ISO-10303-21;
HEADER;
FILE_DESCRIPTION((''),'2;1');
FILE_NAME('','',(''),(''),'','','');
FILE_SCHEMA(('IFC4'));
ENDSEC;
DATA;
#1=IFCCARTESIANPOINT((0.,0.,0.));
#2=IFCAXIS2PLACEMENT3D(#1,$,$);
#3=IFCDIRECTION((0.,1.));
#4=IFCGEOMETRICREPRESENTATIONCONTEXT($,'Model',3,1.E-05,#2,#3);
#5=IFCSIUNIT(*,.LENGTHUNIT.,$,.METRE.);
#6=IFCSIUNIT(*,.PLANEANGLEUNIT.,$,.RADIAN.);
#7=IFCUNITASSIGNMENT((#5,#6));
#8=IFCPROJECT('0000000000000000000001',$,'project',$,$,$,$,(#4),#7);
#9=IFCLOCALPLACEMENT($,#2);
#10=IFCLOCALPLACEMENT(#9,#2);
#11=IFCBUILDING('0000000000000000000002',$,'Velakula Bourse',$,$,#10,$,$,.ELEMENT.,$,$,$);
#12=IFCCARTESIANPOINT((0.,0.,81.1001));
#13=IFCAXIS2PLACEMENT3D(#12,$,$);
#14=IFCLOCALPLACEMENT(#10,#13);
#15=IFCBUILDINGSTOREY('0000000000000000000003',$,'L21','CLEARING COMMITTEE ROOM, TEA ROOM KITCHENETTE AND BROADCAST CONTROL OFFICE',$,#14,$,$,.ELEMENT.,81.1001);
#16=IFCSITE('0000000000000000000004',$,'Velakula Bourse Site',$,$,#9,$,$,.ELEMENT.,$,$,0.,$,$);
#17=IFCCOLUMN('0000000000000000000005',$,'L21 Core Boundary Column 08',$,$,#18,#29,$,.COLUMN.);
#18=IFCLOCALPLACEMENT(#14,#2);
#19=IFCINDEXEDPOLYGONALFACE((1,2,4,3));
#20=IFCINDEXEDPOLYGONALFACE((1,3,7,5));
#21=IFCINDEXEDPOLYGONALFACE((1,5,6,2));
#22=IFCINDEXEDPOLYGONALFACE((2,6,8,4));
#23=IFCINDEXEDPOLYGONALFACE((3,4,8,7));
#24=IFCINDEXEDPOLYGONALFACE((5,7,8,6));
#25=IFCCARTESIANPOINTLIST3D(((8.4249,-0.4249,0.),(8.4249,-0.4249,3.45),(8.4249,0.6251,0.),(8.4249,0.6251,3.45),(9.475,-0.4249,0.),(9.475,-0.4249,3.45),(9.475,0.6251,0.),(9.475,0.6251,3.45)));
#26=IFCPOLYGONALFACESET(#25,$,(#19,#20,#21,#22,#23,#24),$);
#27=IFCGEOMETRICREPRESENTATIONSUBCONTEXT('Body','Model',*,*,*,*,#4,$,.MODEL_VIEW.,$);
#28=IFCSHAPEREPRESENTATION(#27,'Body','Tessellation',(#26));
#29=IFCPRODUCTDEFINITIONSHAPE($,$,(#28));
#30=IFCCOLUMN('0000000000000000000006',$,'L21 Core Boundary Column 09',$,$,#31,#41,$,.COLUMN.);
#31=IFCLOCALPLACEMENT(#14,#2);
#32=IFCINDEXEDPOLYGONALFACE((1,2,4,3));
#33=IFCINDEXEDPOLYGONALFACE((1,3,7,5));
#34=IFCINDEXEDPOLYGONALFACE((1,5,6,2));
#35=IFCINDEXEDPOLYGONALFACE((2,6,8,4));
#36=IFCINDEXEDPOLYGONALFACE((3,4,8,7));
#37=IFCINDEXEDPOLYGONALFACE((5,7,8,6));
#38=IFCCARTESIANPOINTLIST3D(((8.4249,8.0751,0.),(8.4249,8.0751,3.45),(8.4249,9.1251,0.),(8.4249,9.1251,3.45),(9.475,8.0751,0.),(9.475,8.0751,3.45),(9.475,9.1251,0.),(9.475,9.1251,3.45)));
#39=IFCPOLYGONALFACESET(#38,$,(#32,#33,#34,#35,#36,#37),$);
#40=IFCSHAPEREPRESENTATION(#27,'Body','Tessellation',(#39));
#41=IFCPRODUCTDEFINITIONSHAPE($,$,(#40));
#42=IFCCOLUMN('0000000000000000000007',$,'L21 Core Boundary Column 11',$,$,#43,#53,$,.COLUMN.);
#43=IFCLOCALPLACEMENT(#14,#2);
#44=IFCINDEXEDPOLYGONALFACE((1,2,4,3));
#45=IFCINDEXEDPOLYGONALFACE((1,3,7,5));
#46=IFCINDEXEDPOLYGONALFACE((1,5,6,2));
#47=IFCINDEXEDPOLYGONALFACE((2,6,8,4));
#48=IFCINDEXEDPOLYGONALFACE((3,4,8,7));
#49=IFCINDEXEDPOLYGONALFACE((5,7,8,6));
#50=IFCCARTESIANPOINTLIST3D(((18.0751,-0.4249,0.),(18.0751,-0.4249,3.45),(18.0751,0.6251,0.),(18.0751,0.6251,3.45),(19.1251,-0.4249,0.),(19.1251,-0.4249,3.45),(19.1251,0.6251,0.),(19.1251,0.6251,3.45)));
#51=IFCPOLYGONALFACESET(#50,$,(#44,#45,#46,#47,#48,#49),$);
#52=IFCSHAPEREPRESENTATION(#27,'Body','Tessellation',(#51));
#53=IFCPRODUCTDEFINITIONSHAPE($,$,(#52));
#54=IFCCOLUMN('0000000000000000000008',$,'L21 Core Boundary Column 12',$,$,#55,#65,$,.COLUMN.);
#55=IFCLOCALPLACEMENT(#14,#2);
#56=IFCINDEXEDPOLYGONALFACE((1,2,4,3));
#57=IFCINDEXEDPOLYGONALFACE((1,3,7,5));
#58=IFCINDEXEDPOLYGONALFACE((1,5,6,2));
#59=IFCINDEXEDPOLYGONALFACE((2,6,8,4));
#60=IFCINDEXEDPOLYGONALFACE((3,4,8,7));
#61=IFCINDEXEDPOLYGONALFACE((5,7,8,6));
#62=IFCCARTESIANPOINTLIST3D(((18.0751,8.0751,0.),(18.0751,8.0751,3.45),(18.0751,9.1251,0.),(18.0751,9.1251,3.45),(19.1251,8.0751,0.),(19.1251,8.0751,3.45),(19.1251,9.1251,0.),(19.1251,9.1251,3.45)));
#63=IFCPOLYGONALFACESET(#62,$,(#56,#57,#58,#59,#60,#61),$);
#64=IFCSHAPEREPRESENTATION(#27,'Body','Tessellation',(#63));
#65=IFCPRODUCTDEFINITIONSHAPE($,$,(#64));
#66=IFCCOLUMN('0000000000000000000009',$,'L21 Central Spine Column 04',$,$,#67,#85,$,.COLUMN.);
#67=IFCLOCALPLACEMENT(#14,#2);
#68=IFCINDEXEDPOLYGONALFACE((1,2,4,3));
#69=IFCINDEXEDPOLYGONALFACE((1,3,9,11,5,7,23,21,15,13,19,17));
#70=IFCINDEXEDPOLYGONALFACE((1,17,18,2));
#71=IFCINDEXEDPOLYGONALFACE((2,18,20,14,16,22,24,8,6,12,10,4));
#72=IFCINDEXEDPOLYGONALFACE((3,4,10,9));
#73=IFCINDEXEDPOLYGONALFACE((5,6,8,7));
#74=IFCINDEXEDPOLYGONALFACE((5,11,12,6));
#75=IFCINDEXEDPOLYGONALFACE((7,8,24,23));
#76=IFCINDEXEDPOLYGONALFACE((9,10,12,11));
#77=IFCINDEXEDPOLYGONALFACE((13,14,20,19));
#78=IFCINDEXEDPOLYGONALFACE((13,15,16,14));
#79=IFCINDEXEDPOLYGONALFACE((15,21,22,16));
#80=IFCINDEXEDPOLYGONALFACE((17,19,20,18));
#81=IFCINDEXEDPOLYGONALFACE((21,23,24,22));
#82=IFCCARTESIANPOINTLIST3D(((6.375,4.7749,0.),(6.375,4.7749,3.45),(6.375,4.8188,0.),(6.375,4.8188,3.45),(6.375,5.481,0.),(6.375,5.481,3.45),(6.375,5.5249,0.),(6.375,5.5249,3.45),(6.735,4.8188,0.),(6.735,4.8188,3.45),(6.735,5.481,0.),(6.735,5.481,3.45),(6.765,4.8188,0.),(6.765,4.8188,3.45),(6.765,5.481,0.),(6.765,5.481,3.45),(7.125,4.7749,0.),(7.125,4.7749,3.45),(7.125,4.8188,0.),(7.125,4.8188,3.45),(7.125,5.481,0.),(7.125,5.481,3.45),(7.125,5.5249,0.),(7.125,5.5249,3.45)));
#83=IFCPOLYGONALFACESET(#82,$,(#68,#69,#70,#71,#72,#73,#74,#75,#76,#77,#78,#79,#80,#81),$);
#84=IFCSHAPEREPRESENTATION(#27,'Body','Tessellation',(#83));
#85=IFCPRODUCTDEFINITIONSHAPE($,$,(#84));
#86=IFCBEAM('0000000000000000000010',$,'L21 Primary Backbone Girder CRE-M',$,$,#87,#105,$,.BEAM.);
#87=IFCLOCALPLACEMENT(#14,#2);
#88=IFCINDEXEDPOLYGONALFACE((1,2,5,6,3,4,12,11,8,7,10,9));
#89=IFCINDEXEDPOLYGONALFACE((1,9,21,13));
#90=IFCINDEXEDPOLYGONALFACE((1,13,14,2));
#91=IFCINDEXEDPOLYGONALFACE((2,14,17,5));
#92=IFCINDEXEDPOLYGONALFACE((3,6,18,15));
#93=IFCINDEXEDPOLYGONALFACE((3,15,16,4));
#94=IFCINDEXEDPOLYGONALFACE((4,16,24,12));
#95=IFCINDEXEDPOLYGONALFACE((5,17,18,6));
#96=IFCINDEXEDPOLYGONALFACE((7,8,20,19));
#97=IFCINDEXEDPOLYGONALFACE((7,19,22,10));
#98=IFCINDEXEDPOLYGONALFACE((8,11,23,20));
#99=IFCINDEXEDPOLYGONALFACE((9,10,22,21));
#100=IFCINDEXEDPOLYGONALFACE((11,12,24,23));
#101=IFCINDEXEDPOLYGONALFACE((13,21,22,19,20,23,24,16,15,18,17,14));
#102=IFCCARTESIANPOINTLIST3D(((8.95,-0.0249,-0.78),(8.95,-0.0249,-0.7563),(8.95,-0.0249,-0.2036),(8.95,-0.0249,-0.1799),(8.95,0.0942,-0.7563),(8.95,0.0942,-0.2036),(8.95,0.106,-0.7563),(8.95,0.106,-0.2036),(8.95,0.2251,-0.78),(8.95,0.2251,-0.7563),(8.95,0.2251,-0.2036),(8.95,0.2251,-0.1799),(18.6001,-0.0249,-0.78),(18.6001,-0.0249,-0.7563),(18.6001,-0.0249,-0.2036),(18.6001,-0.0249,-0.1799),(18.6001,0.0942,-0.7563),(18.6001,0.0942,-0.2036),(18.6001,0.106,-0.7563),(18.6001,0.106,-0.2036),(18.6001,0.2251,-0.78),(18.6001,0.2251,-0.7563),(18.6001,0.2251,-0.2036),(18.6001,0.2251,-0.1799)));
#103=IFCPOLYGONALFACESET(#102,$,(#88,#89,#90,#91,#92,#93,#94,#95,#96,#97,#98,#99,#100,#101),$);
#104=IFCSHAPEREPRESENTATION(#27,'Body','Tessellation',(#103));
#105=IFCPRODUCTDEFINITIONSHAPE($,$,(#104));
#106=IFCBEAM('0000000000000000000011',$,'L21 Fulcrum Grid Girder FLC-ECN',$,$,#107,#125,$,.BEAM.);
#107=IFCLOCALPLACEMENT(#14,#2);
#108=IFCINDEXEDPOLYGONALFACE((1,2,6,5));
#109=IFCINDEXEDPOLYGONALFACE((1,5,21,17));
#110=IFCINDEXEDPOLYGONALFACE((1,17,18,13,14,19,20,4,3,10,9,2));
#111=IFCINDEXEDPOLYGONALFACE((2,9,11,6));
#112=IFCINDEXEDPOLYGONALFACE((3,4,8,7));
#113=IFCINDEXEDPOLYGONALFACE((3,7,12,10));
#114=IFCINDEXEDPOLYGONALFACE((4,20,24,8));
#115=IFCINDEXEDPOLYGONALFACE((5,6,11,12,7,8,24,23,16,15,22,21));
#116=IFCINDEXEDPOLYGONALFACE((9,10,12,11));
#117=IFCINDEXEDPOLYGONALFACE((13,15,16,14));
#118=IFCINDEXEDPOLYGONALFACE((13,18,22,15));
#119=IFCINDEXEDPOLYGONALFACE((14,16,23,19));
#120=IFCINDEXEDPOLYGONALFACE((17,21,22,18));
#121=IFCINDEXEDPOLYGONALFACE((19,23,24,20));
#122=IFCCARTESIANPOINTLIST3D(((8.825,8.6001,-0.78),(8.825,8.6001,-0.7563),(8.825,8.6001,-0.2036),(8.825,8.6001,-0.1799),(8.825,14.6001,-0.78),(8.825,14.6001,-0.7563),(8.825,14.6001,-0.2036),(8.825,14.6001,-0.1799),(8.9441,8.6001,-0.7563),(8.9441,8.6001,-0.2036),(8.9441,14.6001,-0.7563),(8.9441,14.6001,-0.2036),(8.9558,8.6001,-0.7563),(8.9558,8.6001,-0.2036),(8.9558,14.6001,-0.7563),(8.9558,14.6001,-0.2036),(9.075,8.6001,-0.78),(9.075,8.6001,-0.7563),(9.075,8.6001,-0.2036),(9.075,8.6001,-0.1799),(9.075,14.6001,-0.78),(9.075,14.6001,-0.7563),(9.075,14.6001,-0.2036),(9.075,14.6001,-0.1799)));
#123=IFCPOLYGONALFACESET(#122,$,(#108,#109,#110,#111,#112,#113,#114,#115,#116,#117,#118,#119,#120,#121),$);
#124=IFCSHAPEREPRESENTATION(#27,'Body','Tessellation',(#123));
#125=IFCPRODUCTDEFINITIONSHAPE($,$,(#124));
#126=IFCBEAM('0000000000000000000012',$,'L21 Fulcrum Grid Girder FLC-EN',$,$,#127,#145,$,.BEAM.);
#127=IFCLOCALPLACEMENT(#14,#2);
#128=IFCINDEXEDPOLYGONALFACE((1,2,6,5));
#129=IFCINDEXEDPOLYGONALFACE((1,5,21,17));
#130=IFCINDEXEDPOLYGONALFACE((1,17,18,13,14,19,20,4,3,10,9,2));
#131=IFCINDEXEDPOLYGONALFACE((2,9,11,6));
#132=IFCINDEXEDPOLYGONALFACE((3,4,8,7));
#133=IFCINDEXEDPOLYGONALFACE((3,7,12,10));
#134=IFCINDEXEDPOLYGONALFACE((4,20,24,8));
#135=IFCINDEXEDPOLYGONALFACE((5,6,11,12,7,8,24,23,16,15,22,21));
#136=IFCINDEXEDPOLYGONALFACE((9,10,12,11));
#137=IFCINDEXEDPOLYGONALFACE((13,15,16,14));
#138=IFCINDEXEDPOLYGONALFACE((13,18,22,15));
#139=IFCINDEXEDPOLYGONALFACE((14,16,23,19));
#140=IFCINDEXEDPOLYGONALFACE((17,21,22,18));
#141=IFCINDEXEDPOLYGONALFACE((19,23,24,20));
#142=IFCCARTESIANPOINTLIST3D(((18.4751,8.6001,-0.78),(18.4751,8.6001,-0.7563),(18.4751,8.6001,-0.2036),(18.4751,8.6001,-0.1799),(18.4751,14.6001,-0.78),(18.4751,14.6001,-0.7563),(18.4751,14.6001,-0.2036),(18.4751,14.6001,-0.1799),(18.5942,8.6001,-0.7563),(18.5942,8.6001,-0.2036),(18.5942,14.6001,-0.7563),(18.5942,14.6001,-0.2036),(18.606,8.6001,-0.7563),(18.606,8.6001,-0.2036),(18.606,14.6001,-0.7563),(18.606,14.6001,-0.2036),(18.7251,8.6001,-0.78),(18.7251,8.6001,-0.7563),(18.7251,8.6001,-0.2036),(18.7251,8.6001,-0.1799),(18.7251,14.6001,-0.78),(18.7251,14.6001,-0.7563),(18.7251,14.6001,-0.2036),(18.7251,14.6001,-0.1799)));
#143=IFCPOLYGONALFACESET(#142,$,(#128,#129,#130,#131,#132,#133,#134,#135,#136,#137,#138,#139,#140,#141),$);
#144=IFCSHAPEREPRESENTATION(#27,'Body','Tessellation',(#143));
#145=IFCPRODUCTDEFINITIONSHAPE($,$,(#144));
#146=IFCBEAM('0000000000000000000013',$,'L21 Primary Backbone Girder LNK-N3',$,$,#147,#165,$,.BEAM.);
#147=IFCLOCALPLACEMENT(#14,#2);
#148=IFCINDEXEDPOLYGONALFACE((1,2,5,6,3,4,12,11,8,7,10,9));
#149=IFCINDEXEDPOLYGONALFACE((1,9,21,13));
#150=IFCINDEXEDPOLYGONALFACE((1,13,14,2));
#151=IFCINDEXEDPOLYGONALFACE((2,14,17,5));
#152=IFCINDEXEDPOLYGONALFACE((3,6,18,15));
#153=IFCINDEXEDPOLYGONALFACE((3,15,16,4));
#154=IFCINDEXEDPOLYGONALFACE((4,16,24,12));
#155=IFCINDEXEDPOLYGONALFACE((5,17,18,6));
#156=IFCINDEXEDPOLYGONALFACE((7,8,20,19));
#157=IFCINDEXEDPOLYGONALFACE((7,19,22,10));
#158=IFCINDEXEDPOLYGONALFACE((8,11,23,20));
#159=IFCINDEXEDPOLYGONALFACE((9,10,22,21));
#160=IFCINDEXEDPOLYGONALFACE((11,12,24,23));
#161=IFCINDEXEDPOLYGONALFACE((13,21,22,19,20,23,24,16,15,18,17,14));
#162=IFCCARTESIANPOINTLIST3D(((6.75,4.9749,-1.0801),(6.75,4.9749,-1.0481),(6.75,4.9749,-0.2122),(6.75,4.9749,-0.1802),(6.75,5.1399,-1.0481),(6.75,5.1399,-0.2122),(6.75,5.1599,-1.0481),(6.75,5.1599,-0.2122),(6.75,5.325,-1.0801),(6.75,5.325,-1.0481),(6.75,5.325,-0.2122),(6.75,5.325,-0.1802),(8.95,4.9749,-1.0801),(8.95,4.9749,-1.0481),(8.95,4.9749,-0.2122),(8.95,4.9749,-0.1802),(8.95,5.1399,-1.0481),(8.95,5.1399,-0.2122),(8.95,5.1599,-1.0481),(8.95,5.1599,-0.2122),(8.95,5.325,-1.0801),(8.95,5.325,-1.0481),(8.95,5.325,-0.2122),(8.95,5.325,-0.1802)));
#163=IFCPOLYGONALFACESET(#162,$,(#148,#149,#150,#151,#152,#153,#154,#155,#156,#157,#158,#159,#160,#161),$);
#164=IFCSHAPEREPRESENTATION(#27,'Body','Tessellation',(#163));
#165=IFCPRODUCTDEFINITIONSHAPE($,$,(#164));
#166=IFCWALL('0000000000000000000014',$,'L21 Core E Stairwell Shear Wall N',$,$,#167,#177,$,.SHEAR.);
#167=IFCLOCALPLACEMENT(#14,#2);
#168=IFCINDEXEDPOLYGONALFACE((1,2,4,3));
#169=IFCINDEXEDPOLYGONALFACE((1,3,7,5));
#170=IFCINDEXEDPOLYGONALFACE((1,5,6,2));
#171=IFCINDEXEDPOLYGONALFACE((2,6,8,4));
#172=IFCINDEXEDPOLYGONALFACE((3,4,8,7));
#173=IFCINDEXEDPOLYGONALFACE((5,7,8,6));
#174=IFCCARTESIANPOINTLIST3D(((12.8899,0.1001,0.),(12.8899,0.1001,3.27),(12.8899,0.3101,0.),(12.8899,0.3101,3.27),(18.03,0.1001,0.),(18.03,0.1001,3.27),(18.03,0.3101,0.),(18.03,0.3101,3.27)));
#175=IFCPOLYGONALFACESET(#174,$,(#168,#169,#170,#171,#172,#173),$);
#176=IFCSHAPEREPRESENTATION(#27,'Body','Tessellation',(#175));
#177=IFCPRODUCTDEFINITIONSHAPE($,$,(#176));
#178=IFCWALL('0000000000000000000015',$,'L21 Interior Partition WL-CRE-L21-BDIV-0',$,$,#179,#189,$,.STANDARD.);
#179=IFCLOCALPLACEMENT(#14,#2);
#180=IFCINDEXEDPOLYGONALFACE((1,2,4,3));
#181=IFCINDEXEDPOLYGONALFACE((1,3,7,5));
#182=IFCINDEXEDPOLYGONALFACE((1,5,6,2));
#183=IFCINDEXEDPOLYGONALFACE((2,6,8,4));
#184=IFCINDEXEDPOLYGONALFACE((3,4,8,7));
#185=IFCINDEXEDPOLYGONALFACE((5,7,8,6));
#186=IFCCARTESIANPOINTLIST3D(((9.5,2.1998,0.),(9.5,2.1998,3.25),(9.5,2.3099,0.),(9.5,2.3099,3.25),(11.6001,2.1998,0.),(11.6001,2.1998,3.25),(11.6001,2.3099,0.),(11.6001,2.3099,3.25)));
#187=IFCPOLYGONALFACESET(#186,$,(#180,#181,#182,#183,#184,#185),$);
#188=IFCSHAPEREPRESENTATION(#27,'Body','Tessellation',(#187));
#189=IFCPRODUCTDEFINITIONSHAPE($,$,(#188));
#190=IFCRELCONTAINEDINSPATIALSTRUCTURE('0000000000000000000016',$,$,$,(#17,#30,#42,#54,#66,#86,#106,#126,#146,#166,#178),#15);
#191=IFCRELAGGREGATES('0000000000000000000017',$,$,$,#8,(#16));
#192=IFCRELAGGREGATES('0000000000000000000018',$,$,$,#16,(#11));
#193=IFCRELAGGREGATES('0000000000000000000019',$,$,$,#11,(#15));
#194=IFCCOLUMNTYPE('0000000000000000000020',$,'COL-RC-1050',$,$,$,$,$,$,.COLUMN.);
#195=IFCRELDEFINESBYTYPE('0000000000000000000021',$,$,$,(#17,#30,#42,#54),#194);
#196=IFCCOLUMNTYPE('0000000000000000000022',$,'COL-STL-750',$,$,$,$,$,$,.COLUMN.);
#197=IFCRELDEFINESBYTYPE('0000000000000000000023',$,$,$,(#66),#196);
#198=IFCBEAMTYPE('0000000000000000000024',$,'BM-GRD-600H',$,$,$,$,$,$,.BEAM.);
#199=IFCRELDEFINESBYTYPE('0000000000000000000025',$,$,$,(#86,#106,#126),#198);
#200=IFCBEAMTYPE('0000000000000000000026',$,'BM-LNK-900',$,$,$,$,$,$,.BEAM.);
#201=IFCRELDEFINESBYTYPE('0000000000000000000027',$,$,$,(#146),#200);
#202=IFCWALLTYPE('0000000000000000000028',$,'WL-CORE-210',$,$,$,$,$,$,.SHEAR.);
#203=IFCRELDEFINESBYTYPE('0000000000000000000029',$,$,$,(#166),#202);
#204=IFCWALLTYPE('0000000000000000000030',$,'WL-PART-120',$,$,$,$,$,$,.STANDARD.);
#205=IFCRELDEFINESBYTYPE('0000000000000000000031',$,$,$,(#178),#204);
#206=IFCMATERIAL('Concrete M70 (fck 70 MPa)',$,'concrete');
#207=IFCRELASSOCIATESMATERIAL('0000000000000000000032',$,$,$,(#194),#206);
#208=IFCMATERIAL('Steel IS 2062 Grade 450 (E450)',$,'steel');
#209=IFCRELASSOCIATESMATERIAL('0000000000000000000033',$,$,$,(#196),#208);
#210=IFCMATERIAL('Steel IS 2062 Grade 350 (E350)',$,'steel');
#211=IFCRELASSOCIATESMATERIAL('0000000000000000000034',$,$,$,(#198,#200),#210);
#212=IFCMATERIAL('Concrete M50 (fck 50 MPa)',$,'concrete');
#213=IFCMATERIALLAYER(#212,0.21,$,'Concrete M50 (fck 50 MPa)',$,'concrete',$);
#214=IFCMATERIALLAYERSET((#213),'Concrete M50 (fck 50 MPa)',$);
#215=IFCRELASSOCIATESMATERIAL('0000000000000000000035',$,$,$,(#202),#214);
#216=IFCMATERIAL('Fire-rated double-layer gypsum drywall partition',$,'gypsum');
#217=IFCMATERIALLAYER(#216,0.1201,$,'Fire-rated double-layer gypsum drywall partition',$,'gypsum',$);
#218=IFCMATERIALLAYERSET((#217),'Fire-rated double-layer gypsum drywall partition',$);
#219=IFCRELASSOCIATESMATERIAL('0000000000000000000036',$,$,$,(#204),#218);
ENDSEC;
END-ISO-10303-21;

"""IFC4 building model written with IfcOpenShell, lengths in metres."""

from ifc_helpers import new_model, si_unit, direction, frame, frame_2d, origin, origin_2d, place, context, subcontext, project, spatial, rectangle, i_section, extrude, material, layer, layer_set, material_profile, profile_set, type_object, element, save


model = new_model("IFC4")

# Units and contexts
model_context = context("Model", 3, precision=1e-05, world=origin(), true_north=direction((0.0, 1.0)))
body_context = subcontext(model_context, "Body", "Model", "MODEL_VIEW")
ifc_project = project(units=[si_unit("LENGTHUNIT", "METRE"), si_unit("PLANEANGLEUNIT", "RADIAN")], contexts=[model_context])

# Site, building, storey
site_placement = place(None, origin())
site = spatial("IfcSite", under=ifc_project, at=site_placement, Name="Velakula Bourse Site", CompositionType="ELEMENT", RefElevation=0.0)
building_placement = place(site_placement, origin())
building = spatial("IfcBuilding", under=site, at=building_placement, Name="Velakula Bourse", CompositionType="ELEMENT")
storey_placement = place(building_placement, frame((0.0, 0.0, 81.1001)))
storey = spatial("IfcBuildingStorey", under=building, at=storey_placement, Name="L21", Description="CLEARING COMMITTEE ROOM, TEA ROOM KITCHENETTE AND BROADCAST CONTROL OFFICE", CompositionType="ELEMENT", Elevation=81.1001)

# Columns
ifc_material_1 = material(Name="Concrete M70 (fck 70 MPa)", Category="concrete")
ifc_material_profile_1 = material_profile(ifc_material_1, rectangle(XDim=1.05, YDim=1.05, at=origin_2d()), Name="Concrete M70 (fck 70 MPa)")
ifc_profile_set_1 = profile_set([ifc_material_profile_1], Name="Concrete M70 (fck 70 MPa)")
column_type_1 = type_object("IfcColumnType", Name="COL-RC-1050", PredefinedType="COLUMN", material=ifc_profile_set_1)
for number, where, z_axis, x_axis, name in (
    (1, (8.95, 0.1001, 0.0), (0.0, 0.0, 1.0), (1.0, 0.0, 0.0), "L21 Core Boundary Column 08"),
    (2, (8.95, 8.6001, 0.0), (0.0, 0.0, 1.0), (1.0, 0.0, 0.0), "L21 Core Boundary Column 09"),
    (3, (18.6001, 0.1001, 0.0), (0.0, 0.0, 1.0), (1.0, 0.0, 0.0), "L21 Core Boundary Column 11"),
    (4, (18.6001, 8.6001, 0.0), (0.0, 0.0, 1.0), (1.0, 0.0, 0.0), "L21 Core Boundary Column 12"),
):
    element("IfcColumn", number, at=place(storey_placement, frame(where, z_axis=z_axis, x_axis=x_axis)), inside=storey, type_object=column_type_1, Name=name, PredefinedType="COLUMN", context=body_context, shape_type="SweptSolid", body=[
        extrude(rectangle(XDim=1.05, YDim=1.05, at=origin_2d()), origin(), (0.0, 0.0, 1.0), 3.45),
    ])
ifc_material_2 = material(Name="Steel IS 2062 Grade 450 (E450)", Category="steel")
ifc_material_profile_2 = material_profile(ifc_material_2, i_section(OverallWidth=0.75, OverallDepth=0.75, WebThickness=0.03, FlangeThickness=0.0439, at=origin_2d()), Name="Steel IS 2062 Grade 450 (E450)")
ifc_profile_set_2 = profile_set([ifc_material_profile_2], Name="Steel IS 2062 Grade 450 (E450)")
column_type_2 = type_object("IfcColumnType", Name="COL-STL-750", PredefinedType="COLUMN", material=ifc_profile_set_2)
column_placement = place(storey_placement, frame((6.75, 5.1499, 0.0), z_axis=(0.0, 0.0, 1.0), x_axis=(1.0, 0.0, 0.0)))
element("IfcColumn", 5, at=column_placement, inside=storey, type_object=column_type_2, Name="L21 Central Spine Column 04", PredefinedType="COLUMN", context=body_context, shape_type="SweptSolid", body=[
    extrude(i_section(OverallWidth=0.75, OverallDepth=0.75, WebThickness=0.03, FlangeThickness=0.0439, at=origin_2d()), origin(), (0.0, 0.0, 1.0), 3.45),
])

# Beams
ifc_material_3 = material(Name="Steel IS 2062 Grade 350 (E350)", Category="steel")
ifc_material_profile_3 = material_profile(ifc_material_3, i_section(OverallWidth=0.25, OverallDepth=0.6001, WebThickness=0.0117, FlangeThickness=0.0237, at=origin_2d()), Name="Steel IS 2062 Grade 350 (E350)")
ifc_profile_set_3 = profile_set([ifc_material_profile_3], Name="Steel IS 2062 Grade 350 (E350)")
beam_type_1 = type_object("IfcBeamType", Name="BM-GRD-600H", PredefinedType="BEAM", material=ifc_profile_set_3)
beam_1_placement = place(storey_placement, frame((8.95, 0.1001, -0.48), z_axis=(1.0, 0.0, 0.0), x_axis=(0.0, 1.0, 0.0)))
element("IfcBeam", 6, at=beam_1_placement, inside=storey, type_object=beam_type_1, Name="L21 Primary Backbone Girder CRE-M", PredefinedType="BEAM", context=body_context, shape_type="SweptSolid", body=[
    extrude(i_section(OverallWidth=0.25, OverallDepth=0.6001, WebThickness=0.0117, FlangeThickness=0.0237, at=origin_2d()), origin(), (0.0, 0.0, 1.0), 9.6501),
])
for number, where, z_axis, x_axis, name in (
    (7, (8.95, 8.6001, -0.48), (0.0, 1.0, 0.0), (-1.0, 0.0, 0.0), "L21 Fulcrum Grid Girder FLC-ECN"),
    (8, (18.6001, 8.6001, -0.48), (0.0, 1.0, 0.0), (-1.0, 0.0, 0.0), "L21 Fulcrum Grid Girder FLC-EN"),
):
    element("IfcBeam", number, at=place(storey_placement, frame(where, z_axis=z_axis, x_axis=x_axis)), inside=storey, type_object=beam_type_1, Name=name, PredefinedType="BEAM", context=body_context, shape_type="SweptSolid", body=[
        extrude(i_section(OverallWidth=0.25, OverallDepth=0.6001, WebThickness=0.0117, FlangeThickness=0.0237, at=origin_2d()), origin(), (0.0, 0.0, 1.0), 6.0),
    ])
ifc_material_profile_4 = material_profile(ifc_material_3, i_section(OverallWidth=0.3501, OverallDepth=0.8999, WebThickness=0.02, FlangeThickness=0.032, at=origin_2d()), Name="Steel IS 2062 Grade 350 (E350)")
ifc_profile_set_4 = profile_set([ifc_material_profile_4], Name="Steel IS 2062 Grade 350 (E350)")
beam_type_2 = type_object("IfcBeamType", Name="BM-LNK-900", PredefinedType="BEAM", material=ifc_profile_set_4)
beam_2_placement = place(storey_placement, frame((6.75, 5.1499, -0.6301), z_axis=(1.0, 0.0, 0.0), x_axis=(0.0, 1.0, 0.0)))
element("IfcBeam", 9, at=beam_2_placement, inside=storey, type_object=beam_type_2, Name="L21 Primary Backbone Girder LNK-N3", PredefinedType="BEAM", context=body_context, shape_type="SweptSolid", body=[
    extrude(i_section(OverallWidth=0.3501, OverallDepth=0.8999, WebThickness=0.02, FlangeThickness=0.032, at=origin_2d()), origin(), (0.0, 0.0, 1.0), 2.2),
])

# Walls
ifc_material_4 = material(Name="Concrete M50 (fck 50 MPa)", Category="concrete")
ifc_layer_1 = layer(ifc_material_4, 0.21, Name="Concrete M50 (fck 50 MPa)", Category="concrete")
ifc_layer_set_1 = layer_set([ifc_layer_1], Name="Concrete M50 (fck 50 MPa)")
wall_type_1 = type_object("IfcWallType", Name="WL-CORE-210", PredefinedType="SHEAR", material=ifc_layer_set_1)
wall_1_placement = place(storey_placement, frame((18.03, 0.2051, 0.0), z_axis=(0.0, 0.0, 1.0), x_axis=(-1.0, 0.0, 0.0)))
element("IfcWall", 10, at=wall_1_placement, inside=storey, type_object=wall_type_1, Name="L21 Core E Stairwell Shear Wall N", PredefinedType="SHEAR", context=body_context, shape_type="SweptSolid", body=[
    extrude(rectangle(XDim=5.1401, YDim=0.21, at=frame_2d((2.5701, 0.0))), origin(), (0.0, 0.0, 1.0), 3.27),
])
ifc_material_5 = material(Name="Fire-rated double-layer gypsum drywall partition", Category="gypsum")
ifc_layer_2 = layer(ifc_material_5, 0.1201, Name="Fire-rated double-layer gypsum drywall partition", Category="gypsum")
ifc_layer_set_2 = layer_set([ifc_layer_2], Name="Fire-rated double-layer gypsum drywall partition")
wall_type_2 = type_object("IfcWallType", Name="WL-PART-120", PredefinedType="STANDARD", material=ifc_layer_set_2)
for number, where, z_axis, x_axis, name in (
    (11, (9.5, 2.2549, 0.0), (0.0, 0.0, 1.0), (1.0, 0.0, 0.0), "L21 Interior Partition WL-CRE-L21-BDIV-0"),
):
    element("IfcWall", number, at=place(storey_placement, frame(where, z_axis=z_axis, x_axis=x_axis)), inside=storey, type_object=wall_type_2, Name=name, PredefinedType="STANDARD", context=body_context, shape_type="SweptSolid", body=[
        extrude(rectangle(XDim=2.1001, YDim=0.1101, at=frame_2d((1.05, 0.0))), origin(), (0.0, 0.0, 1.0), 3.25),
    ])

save(model, "model.ifc")
